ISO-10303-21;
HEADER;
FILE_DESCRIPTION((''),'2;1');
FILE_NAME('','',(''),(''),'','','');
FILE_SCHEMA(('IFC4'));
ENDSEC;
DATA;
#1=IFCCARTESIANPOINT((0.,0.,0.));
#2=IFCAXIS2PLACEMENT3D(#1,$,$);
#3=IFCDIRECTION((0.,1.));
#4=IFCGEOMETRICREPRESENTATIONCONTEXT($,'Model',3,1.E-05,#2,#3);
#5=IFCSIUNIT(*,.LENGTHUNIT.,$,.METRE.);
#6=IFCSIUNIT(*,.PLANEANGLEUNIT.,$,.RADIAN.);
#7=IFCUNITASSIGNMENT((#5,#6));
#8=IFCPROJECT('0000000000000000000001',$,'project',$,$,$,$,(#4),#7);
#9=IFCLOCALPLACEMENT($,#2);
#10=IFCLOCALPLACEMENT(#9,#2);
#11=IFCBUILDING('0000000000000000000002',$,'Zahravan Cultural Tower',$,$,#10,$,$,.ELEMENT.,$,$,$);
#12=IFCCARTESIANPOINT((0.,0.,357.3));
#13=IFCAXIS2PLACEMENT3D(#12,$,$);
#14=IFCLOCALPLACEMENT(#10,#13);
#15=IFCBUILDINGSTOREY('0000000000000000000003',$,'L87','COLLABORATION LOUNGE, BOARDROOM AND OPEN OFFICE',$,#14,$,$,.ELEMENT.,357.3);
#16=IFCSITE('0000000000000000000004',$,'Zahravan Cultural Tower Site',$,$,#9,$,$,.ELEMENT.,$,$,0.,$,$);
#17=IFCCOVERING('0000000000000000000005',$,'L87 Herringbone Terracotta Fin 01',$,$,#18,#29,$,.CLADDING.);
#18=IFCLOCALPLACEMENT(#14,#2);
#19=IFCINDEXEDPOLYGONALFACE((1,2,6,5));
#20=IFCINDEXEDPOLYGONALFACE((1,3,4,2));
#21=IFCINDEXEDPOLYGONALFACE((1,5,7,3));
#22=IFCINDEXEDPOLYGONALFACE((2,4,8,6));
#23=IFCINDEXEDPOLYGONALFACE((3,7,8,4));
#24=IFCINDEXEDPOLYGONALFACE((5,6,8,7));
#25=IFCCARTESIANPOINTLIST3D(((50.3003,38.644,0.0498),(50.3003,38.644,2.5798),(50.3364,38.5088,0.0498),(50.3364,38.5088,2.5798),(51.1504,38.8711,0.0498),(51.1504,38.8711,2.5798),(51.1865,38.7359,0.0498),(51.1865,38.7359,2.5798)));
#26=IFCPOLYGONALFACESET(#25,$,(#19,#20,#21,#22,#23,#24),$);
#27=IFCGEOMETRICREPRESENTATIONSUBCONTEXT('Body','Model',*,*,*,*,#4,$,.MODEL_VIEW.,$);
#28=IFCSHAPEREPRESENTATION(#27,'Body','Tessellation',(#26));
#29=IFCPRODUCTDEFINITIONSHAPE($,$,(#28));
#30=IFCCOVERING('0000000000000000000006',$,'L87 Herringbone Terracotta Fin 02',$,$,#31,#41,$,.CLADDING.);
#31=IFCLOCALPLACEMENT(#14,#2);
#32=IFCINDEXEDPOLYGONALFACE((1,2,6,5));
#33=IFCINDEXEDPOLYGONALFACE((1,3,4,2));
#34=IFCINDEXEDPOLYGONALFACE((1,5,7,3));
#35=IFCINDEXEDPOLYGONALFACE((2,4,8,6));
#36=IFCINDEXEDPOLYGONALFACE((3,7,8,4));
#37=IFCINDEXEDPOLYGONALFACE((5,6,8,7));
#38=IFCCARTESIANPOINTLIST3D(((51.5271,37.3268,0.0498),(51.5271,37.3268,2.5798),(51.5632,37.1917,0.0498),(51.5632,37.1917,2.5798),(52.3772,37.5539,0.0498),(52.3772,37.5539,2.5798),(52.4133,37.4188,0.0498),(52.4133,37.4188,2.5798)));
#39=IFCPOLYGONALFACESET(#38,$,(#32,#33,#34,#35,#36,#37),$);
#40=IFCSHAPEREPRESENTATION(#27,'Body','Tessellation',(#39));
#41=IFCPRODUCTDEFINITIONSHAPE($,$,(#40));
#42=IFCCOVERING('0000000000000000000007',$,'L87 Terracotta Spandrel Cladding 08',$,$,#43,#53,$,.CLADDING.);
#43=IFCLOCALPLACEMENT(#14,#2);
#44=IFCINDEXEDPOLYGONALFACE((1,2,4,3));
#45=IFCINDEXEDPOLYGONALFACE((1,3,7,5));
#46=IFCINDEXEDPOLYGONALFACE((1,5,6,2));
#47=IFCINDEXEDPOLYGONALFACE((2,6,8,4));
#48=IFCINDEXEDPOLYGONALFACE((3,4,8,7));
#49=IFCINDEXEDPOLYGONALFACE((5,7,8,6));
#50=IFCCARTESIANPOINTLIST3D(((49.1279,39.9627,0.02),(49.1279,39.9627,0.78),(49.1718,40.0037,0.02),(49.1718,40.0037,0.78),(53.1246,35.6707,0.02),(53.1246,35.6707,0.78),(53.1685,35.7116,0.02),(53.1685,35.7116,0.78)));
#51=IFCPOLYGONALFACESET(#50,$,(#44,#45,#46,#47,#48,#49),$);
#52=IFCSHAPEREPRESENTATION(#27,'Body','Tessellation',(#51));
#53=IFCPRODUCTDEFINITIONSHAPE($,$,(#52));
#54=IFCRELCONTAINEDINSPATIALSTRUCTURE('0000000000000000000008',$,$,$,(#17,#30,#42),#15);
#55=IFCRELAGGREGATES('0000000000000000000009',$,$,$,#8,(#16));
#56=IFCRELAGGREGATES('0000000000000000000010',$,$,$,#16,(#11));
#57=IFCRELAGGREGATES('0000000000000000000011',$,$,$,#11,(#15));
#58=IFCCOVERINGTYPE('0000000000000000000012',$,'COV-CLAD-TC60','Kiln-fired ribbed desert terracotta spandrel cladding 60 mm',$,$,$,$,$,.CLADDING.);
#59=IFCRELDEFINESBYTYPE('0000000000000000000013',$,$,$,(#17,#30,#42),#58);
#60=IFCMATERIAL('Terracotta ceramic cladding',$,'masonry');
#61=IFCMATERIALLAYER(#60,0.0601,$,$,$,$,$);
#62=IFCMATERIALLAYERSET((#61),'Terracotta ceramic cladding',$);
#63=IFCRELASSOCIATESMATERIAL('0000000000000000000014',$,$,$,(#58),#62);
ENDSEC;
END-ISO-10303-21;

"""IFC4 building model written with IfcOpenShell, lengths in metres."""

from ifc_helpers import new_model, si_unit, direction, frame, origin, origin_2d, place, context, subcontext, project, spatial, rectangle, extrude, source, transform, mapped, material, layer, layer_set, type_object, element, save


model = new_model("IFC4")

# Units and contexts
model_context = context("Model", 3, precision=1e-05, world=origin(), true_north=direction((0.0, 1.0)))
body_context = subcontext(model_context, "Body", "Model", "MODEL_VIEW")
ifc_project = project(units=[si_unit("LENGTHUNIT", "METRE"), si_unit("PLANEANGLEUNIT", "RADIAN")], contexts=[model_context])

# Site, building, storey
site_placement = place(None, origin())
site = spatial("IfcSite", under=ifc_project, at=site_placement, Name="Zahravan Cultural Tower Site", CompositionType="ELEMENT", RefElevation=0.0)
building_placement = place(site_placement, origin())
building = spatial("IfcBuilding", under=site, at=building_placement, Name="Zahravan Cultural Tower", CompositionType="ELEMENT")
storey_placement = place(building_placement, frame((0.0, 0.0, 357.3)))
storey = spatial("IfcBuildingStorey", under=building, at=storey_placement, Name="L87", Description="COLLABORATION LOUNGE, BOARDROOM AND OPEN OFFICE", CompositionType="ELEMENT", Elevation=357.3)

# Coverings
ifc_material_1 = material(Name="Terracotta ceramic cladding", Category="masonry")
ifc_layer_1 = layer(ifc_material_1, 0.0601)
ifc_layer_set_1 = layer_set([ifc_layer_1], Name="Terracotta ceramic cladding")
covering_type = type_object("IfcCoveringType", Name="COV-CLAD-TC60", Description="Kiln-fired ribbed desert terracotta spandrel cladding 60 mm", PredefinedType="CLADDING", material=ifc_layer_set_1)
shared_shape_1 = source(origin(), body_context, "Body", "SweptSolid", [
    extrude(rectangle(XDim=0.8799, YDim=0.1399, at=origin_2d()), origin(), (0.0, 0.0, 1.0), 2.53),
])
for number, where, z_axis, x_axis, name in (
    (1, (50.7434, 38.6899, 0.0498), (0.0, 0.0, 1.0), (0.966111, 0.258128, 0.0), "L87 Herringbone Terracotta Fin 01"),
    (2, (51.9702, 37.3728, 0.0498), (0.0, 0.0, 1.0), (0.966111, 0.258128, 0.0), "L87 Herringbone Terracotta Fin 02"),
):
    element("IfcCovering", number, at=place(storey_placement, frame(where, z_axis=z_axis, x_axis=x_axis)), inside=storey, type_object=covering_type, Name=name, PredefinedType="CLADDING", context=body_context, shape_type="MappedRepresentation", body=[
        mapped(shared_shape_1, transform((0.0, 0.0, 0.0), x_axis=(1.0, 0.0, 0.0), y_axis=(0.0, 1.0, 0.0), z_axis=(0.0, 0.0, 1.0), scale=1.0)),
    ])
shared_shape_2 = source(origin(), body_context, "Body", "SweptSolid", [
    extrude(rectangle(XDim=5.8647, YDim=0.0601, at=origin_2d()), origin(), (0.0, 0.0, 1.0), 0.76),
])
covering_placement = place(storey_placement, frame((51.1482, 37.8372, 0.02), z_axis=(0.0, 0.0, 1.0), x_axis=(0.681475, -0.731842, 0.0)))
element("IfcCovering", 3, at=covering_placement, inside=storey, type_object=covering_type, Name="L87 Terracotta Spandrel Cladding 08", PredefinedType="CLADDING", context=body_context, shape_type="MappedRepresentation", body=[
    mapped(shared_shape_2, transform((0.0, 0.0, 0.0), x_axis=(1.0, 0.0, 0.0), y_axis=(0.0, 1.0, 0.0), z_axis=(0.0, 0.0, 1.0), scale=1.0)),
])

save(model, "model.ifc")
